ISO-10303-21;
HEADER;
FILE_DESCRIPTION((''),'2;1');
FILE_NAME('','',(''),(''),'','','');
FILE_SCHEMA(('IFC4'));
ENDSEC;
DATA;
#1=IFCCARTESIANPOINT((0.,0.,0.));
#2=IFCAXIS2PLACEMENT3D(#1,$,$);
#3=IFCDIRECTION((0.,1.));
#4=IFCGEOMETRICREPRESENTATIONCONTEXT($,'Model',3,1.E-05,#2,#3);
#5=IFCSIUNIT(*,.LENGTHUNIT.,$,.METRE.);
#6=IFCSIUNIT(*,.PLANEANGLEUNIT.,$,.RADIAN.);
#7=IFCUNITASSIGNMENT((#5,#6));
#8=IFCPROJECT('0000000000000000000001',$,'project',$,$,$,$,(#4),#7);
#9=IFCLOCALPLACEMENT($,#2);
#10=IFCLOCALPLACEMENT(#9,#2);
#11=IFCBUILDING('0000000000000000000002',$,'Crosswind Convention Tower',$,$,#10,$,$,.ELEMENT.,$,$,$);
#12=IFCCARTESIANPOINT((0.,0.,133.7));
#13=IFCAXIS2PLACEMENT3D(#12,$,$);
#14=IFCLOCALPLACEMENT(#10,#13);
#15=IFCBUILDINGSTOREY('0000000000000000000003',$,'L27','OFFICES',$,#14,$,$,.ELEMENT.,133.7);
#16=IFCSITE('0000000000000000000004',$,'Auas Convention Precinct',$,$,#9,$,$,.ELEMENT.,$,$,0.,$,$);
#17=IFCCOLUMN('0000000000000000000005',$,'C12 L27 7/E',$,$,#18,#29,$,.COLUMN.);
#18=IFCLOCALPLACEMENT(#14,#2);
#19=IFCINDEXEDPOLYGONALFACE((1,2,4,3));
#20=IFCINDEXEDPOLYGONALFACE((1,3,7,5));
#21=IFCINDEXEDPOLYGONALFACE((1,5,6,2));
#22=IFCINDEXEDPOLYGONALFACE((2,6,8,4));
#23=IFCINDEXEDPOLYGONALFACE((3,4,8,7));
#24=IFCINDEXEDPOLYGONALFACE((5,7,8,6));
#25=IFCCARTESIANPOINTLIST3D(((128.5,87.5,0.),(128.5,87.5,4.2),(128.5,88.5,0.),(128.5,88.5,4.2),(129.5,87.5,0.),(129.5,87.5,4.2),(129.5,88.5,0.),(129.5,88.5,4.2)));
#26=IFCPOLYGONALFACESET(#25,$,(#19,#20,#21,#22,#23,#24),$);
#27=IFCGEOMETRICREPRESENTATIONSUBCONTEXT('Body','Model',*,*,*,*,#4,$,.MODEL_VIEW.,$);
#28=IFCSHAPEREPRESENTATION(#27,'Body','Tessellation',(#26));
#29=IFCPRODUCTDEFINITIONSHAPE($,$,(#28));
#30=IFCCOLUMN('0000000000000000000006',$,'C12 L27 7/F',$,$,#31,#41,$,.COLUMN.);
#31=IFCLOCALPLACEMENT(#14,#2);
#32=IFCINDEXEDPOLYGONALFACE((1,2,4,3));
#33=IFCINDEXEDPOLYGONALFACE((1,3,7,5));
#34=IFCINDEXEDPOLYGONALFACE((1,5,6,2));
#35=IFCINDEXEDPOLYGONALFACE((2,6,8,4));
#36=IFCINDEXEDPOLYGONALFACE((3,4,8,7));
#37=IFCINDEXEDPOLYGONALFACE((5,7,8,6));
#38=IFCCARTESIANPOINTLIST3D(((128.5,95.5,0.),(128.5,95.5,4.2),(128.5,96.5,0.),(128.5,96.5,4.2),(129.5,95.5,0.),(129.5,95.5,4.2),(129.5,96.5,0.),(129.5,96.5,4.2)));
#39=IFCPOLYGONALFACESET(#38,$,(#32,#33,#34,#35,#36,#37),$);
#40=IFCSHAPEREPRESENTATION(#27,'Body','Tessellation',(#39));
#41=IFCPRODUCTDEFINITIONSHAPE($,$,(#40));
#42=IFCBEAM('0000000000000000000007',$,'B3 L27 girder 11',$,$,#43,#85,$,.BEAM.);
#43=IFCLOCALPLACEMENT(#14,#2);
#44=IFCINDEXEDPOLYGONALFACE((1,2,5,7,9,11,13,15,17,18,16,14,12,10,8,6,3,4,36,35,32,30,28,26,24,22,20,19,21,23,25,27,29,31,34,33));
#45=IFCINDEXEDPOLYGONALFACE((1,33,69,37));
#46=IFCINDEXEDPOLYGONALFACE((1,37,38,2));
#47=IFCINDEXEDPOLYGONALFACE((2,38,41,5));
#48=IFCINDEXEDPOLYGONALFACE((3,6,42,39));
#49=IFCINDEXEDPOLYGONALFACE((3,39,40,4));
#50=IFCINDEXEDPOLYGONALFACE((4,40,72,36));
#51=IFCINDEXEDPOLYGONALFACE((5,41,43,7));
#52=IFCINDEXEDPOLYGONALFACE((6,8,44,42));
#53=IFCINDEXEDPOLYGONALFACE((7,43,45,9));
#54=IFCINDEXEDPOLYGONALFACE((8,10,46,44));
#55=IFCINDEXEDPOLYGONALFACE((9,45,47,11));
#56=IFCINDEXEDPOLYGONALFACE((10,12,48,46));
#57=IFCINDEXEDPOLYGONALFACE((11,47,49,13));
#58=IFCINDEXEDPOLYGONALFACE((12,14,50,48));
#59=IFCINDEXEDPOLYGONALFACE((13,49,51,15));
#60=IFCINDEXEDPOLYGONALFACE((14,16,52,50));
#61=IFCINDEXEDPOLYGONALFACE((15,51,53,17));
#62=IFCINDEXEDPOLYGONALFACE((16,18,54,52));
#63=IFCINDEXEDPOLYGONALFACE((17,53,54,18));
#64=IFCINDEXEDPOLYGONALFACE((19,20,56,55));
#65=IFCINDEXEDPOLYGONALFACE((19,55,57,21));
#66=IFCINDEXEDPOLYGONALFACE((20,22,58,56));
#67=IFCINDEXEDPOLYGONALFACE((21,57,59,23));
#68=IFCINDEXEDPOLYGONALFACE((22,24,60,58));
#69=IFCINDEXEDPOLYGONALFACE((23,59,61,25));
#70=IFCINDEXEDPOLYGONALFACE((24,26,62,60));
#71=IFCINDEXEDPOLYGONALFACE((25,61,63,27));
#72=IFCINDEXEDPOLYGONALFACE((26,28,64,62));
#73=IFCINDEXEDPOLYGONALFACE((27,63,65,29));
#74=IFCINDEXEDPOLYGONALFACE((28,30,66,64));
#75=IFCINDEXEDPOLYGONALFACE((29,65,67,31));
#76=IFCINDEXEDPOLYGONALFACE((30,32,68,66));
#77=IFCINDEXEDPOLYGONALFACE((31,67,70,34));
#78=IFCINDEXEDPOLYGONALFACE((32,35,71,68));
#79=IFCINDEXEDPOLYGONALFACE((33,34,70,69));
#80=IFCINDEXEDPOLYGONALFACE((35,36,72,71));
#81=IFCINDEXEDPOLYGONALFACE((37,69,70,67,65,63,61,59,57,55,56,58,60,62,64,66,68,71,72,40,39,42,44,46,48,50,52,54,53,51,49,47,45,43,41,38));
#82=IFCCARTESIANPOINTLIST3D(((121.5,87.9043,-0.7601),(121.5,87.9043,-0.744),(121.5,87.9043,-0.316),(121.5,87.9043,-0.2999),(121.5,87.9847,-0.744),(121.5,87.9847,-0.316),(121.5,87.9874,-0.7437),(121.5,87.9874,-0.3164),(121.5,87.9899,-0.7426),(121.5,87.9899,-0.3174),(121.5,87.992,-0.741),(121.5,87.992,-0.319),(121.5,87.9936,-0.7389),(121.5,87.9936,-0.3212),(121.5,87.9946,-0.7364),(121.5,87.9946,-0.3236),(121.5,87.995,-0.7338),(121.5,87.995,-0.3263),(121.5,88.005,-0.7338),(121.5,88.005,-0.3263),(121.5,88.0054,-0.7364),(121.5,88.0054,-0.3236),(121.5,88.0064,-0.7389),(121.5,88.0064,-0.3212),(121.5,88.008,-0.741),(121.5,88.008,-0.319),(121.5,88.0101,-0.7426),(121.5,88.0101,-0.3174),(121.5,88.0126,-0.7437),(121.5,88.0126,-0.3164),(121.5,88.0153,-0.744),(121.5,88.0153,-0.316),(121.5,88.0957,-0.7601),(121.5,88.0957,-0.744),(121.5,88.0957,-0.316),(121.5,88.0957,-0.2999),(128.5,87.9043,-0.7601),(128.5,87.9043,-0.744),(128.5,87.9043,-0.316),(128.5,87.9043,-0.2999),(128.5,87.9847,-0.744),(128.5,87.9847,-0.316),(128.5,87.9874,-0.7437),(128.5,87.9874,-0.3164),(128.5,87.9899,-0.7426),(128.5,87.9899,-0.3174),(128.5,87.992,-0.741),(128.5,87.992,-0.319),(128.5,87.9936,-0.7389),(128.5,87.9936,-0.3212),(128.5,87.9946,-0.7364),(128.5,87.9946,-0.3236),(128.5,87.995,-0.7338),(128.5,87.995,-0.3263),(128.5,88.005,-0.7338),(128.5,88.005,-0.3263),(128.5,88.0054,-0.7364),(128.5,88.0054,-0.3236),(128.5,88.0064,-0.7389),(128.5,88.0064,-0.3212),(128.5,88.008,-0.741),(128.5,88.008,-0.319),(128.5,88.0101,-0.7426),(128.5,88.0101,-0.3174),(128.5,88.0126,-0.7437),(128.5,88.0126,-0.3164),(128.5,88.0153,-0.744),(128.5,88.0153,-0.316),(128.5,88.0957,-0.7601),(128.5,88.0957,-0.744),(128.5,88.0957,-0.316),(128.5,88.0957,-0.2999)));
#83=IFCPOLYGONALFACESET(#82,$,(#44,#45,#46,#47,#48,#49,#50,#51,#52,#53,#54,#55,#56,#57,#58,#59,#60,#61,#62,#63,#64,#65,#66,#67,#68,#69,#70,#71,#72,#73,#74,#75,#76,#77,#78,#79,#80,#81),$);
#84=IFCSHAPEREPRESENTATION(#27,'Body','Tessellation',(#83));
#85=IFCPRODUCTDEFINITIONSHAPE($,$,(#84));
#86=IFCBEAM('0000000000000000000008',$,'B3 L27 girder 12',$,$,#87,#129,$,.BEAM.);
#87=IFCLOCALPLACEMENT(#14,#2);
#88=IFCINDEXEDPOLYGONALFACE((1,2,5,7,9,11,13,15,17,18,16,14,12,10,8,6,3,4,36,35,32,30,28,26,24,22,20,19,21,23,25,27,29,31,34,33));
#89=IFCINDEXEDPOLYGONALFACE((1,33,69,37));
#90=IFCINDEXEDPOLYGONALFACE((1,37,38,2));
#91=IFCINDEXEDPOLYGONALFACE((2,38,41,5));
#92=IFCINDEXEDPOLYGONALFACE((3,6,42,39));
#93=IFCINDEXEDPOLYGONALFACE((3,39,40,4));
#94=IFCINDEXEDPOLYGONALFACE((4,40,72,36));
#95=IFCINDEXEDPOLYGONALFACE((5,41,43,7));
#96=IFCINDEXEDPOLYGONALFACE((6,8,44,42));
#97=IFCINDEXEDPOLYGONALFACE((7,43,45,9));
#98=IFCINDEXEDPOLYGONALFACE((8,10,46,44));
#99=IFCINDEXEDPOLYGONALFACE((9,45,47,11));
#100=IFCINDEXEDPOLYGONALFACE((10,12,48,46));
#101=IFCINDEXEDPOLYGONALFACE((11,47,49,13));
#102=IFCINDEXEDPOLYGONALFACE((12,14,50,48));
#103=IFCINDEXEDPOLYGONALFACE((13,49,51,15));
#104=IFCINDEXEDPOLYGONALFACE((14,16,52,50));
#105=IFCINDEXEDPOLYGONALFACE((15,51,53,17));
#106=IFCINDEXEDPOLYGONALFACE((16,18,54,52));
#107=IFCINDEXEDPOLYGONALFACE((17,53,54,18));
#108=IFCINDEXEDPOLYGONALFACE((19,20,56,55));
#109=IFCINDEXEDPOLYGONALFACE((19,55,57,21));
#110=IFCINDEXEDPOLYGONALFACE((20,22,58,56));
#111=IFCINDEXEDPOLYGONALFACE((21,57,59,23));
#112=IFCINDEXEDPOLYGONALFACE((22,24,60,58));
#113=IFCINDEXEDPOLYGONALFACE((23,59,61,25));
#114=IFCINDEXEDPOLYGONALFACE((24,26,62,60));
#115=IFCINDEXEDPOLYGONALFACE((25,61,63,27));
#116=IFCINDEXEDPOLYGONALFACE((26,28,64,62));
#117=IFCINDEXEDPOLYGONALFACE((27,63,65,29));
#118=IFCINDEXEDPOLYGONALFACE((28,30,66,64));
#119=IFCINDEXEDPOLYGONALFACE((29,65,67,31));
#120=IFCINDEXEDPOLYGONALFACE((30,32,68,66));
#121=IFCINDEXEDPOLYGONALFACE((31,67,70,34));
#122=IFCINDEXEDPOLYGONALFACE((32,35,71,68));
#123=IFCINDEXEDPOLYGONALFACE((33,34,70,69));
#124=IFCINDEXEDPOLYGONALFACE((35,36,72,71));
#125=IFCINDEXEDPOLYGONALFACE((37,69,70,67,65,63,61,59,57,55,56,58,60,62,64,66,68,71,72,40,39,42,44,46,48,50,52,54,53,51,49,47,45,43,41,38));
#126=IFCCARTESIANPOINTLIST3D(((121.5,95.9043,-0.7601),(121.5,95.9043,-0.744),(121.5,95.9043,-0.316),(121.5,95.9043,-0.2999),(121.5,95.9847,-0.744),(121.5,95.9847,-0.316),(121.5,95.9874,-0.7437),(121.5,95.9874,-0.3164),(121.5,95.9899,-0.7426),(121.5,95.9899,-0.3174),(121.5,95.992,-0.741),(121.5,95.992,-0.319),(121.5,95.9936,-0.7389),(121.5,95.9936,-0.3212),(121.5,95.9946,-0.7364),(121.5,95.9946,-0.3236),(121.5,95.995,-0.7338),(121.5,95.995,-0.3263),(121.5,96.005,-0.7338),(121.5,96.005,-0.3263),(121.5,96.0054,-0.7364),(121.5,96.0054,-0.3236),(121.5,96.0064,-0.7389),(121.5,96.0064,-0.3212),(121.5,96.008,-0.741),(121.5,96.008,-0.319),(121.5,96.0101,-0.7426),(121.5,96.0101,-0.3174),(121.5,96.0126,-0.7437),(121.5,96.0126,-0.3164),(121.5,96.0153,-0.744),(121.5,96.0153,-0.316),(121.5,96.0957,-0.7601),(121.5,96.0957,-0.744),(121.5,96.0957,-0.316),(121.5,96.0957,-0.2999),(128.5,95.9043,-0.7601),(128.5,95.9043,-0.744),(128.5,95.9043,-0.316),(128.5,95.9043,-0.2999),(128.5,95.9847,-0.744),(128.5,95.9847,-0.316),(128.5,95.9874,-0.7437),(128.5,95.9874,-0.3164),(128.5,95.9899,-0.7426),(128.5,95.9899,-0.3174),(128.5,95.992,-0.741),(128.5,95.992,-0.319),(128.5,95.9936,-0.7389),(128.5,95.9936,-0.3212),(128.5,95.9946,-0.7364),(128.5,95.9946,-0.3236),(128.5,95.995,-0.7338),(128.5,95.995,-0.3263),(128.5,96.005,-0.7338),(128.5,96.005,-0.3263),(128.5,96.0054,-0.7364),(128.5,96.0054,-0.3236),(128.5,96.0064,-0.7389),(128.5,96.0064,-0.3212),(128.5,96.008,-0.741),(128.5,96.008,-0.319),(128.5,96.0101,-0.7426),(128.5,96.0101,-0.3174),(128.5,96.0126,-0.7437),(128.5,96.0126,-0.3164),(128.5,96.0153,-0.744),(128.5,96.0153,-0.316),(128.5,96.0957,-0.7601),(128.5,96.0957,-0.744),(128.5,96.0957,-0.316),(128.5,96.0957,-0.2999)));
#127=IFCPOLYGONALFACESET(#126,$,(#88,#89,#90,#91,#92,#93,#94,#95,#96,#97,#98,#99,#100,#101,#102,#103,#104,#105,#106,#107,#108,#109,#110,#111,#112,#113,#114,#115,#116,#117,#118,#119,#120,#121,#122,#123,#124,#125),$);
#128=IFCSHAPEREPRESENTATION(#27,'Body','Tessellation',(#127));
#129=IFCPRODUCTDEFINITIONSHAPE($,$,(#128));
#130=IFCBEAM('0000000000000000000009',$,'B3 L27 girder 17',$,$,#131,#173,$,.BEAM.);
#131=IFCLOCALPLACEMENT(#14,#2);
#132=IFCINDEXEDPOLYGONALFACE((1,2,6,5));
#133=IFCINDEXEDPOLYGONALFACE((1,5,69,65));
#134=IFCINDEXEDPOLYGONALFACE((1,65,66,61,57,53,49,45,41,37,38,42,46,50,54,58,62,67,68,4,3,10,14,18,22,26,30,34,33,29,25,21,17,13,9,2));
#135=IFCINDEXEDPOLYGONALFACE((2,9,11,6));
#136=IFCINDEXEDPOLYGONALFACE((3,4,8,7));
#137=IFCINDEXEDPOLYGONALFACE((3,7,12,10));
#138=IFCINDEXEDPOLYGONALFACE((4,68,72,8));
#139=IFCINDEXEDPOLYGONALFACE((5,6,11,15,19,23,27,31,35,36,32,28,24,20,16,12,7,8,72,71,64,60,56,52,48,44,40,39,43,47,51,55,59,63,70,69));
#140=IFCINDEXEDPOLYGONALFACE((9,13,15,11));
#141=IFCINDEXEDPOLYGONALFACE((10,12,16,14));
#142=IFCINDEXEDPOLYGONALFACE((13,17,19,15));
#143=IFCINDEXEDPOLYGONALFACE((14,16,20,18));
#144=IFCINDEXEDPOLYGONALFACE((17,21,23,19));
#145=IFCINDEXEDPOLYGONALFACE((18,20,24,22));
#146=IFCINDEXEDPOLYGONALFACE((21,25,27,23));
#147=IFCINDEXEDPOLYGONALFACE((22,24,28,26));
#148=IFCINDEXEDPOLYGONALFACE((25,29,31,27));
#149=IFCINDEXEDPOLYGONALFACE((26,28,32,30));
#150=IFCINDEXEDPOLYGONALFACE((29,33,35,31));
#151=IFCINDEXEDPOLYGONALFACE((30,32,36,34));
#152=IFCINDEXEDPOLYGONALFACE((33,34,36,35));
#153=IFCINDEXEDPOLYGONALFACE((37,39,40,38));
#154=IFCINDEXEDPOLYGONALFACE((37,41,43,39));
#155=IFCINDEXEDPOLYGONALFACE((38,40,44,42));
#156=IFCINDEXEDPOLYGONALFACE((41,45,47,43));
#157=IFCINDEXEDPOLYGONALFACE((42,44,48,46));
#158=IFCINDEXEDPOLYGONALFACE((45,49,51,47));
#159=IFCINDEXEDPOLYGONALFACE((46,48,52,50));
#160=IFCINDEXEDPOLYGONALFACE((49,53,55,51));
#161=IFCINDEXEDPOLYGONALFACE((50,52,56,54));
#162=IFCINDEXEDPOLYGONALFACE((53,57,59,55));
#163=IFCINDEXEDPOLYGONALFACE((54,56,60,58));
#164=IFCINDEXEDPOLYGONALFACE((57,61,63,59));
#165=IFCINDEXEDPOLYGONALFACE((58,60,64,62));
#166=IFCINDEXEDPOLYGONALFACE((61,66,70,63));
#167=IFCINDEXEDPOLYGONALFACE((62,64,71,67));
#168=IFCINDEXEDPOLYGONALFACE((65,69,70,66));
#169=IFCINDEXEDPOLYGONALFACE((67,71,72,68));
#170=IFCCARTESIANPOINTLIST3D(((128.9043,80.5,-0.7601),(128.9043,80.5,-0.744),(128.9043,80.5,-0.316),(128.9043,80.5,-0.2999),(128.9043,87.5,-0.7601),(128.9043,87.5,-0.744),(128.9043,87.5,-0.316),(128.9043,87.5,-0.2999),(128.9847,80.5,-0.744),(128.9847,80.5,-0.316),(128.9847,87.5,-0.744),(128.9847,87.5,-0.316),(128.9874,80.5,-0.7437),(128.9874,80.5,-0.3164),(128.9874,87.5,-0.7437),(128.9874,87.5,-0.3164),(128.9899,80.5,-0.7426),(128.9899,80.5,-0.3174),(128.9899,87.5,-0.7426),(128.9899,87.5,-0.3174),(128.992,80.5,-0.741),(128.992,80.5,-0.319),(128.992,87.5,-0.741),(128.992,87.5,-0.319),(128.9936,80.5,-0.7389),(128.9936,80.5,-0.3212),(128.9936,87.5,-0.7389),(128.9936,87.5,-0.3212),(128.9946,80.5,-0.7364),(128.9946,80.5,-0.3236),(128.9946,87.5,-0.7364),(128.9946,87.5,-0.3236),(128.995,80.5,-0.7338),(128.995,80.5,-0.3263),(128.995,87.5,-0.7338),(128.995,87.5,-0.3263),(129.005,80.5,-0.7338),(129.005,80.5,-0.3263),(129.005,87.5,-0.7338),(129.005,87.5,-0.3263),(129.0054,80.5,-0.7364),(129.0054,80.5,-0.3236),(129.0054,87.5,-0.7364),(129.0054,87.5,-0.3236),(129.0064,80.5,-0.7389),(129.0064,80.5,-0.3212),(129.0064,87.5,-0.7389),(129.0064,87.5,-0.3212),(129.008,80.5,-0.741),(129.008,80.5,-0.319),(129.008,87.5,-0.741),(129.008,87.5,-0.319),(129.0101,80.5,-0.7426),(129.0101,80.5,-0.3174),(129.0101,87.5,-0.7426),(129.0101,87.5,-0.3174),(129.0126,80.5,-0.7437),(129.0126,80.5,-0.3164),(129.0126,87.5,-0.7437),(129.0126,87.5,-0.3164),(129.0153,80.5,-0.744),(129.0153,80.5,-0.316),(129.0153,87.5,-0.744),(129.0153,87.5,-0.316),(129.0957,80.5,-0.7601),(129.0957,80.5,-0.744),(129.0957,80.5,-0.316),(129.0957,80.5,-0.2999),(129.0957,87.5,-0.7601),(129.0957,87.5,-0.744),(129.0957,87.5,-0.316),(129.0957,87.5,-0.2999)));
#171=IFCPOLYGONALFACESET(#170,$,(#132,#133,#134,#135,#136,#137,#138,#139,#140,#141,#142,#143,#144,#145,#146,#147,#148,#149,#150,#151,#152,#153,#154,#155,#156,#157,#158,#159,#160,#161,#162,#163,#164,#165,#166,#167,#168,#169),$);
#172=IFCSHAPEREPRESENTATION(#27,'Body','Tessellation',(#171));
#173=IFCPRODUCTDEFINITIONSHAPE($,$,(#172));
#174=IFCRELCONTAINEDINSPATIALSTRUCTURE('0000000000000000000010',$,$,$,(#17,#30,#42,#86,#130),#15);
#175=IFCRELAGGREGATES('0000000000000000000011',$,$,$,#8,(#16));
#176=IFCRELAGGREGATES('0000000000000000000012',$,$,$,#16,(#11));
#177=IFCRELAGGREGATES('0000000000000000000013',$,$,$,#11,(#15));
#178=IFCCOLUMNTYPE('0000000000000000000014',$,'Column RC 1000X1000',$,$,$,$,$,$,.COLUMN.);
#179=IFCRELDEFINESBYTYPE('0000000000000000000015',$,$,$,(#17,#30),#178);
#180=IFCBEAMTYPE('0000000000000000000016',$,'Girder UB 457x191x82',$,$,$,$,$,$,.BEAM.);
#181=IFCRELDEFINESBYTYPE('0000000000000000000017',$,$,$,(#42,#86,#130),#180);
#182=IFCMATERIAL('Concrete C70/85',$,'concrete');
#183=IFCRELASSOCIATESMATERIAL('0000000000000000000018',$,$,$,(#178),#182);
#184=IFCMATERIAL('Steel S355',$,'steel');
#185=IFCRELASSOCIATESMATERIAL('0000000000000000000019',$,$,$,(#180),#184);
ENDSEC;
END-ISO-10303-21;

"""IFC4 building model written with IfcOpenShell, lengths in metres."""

from ifc_helpers import new_model, si_unit, direction, frame, origin, origin_2d, place, context, subcontext, project, spatial, rectangle, i_section, extrude, material, material_profile, profile_set, type_object, element, save


model = new_model("IFC4")

# Units and contexts
model_context = context("Model", 3, precision=1e-05, world=origin(), true_north=direction((0.0, 1.0)))
body_context = subcontext(model_context, "Body", "Model", "MODEL_VIEW")
ifc_project = project(units=[si_unit("LENGTHUNIT", "METRE"), si_unit("PLANEANGLEUNIT", "RADIAN")], contexts=[model_context])

# Site, building, storey
site_placement = place(None, origin())
site = spatial("IfcSite", under=ifc_project, at=site_placement, Name="Auas Convention Precinct", CompositionType="ELEMENT", RefElevation=0.0)
building_placement = place(site_placement, origin())
building = spatial("IfcBuilding", under=site, at=building_placement, Name="Crosswind Convention Tower", CompositionType="ELEMENT")
storey_placement = place(building_placement, frame((0.0, 0.0, 133.7)))
storey = spatial("IfcBuildingStorey", under=building, at=storey_placement, Name="L27", Description="OFFICES", CompositionType="ELEMENT", Elevation=133.7)

# Columns
ifc_material_1 = material(Name="Concrete C70/85", Category="concrete")
ifc_material_profile_1 = material_profile(ifc_material_1, rectangle(XDim=1.0, YDim=1.0, at=origin_2d()), Name="RC 1000X1000")
ifc_profile_set_1 = profile_set([ifc_material_profile_1], Name="Concrete C70/85")
column_type = type_object("IfcColumnType", Name="Column RC 1000X1000", PredefinedType="COLUMN", material=ifc_profile_set_1)
for number, where, z_axis, x_axis, name in (
    (1, (129.0, 88.0, 0.0), (0.0, 0.0, 1.0), (1.0, 0.0, 0.0), "C12 L27 7/E"),
    (2, (129.0, 96.0, 0.0), (0.0, 0.0, 1.0), (1.0, 0.0, 0.0), "C12 L27 7/F"),
):
    element("IfcColumn", number, at=place(storey_placement, frame(where, z_axis=z_axis, x_axis=x_axis)), inside=storey, type_object=column_type, Name=name, PredefinedType="COLUMN", context=body_context, shape_type="SweptSolid", body=[
        extrude(rectangle(XDim=1.0, YDim=1.0, at=origin_2d()), origin(), (0.0, 0.0, 1.0), 4.2),
    ])

# Beams
ifc_material_2 = material(Name="Steel S355", Category="steel")
ifc_material_profile_2 = material_profile(ifc_material_2, i_section(OverallWidth=0.1914, OverallDepth=0.4602, WebThickness=0.01, FlangeThickness=0.0161, FilletRadius=0.0103, at=origin_2d()), Name="UB 457x191x82")
ifc_profile_set_2 = profile_set([ifc_material_profile_2], Name="Steel S355")
beam_type_1 = type_object("IfcBeamType", Name="Girder UB 457x191x82", PredefinedType="BEAM", material=ifc_profile_set_2)
for number, where, z_axis, x_axis, name in (
    (3, (121.5, 88.0, -0.53), (1.0, 0.0, 0.0), (0.0, 1.0, 0.0), "B3 L27 girder 11"),
    (4, (121.5, 96.0, -0.53), (1.0, 0.0, 0.0), (0.0, 1.0, 0.0), "B3 L27 girder 12"),
    (5, (129.0, 80.5, -0.53), (0.0, 1.0, 0.0), (-1.0, 0.0, 0.0), "B3 L27 girder 17"),
):
    element("IfcBeam", number, at=place(storey_placement, frame(where, z_axis=z_axis, x_axis=x_axis)), inside=storey, type_object=beam_type_1, Name=name, PredefinedType="BEAM", context=body_context, shape_type="SweptSolid", body=[
        extrude(i_section(OverallWidth=0.1914, OverallDepth=0.4602, WebThickness=0.01, FlangeThickness=0.0161, FilletRadius=0.0103, at=origin_2d()), origin(), (0.0, 0.0, 1.0), 7.0),
    ])

save(model, "model.ifc")
